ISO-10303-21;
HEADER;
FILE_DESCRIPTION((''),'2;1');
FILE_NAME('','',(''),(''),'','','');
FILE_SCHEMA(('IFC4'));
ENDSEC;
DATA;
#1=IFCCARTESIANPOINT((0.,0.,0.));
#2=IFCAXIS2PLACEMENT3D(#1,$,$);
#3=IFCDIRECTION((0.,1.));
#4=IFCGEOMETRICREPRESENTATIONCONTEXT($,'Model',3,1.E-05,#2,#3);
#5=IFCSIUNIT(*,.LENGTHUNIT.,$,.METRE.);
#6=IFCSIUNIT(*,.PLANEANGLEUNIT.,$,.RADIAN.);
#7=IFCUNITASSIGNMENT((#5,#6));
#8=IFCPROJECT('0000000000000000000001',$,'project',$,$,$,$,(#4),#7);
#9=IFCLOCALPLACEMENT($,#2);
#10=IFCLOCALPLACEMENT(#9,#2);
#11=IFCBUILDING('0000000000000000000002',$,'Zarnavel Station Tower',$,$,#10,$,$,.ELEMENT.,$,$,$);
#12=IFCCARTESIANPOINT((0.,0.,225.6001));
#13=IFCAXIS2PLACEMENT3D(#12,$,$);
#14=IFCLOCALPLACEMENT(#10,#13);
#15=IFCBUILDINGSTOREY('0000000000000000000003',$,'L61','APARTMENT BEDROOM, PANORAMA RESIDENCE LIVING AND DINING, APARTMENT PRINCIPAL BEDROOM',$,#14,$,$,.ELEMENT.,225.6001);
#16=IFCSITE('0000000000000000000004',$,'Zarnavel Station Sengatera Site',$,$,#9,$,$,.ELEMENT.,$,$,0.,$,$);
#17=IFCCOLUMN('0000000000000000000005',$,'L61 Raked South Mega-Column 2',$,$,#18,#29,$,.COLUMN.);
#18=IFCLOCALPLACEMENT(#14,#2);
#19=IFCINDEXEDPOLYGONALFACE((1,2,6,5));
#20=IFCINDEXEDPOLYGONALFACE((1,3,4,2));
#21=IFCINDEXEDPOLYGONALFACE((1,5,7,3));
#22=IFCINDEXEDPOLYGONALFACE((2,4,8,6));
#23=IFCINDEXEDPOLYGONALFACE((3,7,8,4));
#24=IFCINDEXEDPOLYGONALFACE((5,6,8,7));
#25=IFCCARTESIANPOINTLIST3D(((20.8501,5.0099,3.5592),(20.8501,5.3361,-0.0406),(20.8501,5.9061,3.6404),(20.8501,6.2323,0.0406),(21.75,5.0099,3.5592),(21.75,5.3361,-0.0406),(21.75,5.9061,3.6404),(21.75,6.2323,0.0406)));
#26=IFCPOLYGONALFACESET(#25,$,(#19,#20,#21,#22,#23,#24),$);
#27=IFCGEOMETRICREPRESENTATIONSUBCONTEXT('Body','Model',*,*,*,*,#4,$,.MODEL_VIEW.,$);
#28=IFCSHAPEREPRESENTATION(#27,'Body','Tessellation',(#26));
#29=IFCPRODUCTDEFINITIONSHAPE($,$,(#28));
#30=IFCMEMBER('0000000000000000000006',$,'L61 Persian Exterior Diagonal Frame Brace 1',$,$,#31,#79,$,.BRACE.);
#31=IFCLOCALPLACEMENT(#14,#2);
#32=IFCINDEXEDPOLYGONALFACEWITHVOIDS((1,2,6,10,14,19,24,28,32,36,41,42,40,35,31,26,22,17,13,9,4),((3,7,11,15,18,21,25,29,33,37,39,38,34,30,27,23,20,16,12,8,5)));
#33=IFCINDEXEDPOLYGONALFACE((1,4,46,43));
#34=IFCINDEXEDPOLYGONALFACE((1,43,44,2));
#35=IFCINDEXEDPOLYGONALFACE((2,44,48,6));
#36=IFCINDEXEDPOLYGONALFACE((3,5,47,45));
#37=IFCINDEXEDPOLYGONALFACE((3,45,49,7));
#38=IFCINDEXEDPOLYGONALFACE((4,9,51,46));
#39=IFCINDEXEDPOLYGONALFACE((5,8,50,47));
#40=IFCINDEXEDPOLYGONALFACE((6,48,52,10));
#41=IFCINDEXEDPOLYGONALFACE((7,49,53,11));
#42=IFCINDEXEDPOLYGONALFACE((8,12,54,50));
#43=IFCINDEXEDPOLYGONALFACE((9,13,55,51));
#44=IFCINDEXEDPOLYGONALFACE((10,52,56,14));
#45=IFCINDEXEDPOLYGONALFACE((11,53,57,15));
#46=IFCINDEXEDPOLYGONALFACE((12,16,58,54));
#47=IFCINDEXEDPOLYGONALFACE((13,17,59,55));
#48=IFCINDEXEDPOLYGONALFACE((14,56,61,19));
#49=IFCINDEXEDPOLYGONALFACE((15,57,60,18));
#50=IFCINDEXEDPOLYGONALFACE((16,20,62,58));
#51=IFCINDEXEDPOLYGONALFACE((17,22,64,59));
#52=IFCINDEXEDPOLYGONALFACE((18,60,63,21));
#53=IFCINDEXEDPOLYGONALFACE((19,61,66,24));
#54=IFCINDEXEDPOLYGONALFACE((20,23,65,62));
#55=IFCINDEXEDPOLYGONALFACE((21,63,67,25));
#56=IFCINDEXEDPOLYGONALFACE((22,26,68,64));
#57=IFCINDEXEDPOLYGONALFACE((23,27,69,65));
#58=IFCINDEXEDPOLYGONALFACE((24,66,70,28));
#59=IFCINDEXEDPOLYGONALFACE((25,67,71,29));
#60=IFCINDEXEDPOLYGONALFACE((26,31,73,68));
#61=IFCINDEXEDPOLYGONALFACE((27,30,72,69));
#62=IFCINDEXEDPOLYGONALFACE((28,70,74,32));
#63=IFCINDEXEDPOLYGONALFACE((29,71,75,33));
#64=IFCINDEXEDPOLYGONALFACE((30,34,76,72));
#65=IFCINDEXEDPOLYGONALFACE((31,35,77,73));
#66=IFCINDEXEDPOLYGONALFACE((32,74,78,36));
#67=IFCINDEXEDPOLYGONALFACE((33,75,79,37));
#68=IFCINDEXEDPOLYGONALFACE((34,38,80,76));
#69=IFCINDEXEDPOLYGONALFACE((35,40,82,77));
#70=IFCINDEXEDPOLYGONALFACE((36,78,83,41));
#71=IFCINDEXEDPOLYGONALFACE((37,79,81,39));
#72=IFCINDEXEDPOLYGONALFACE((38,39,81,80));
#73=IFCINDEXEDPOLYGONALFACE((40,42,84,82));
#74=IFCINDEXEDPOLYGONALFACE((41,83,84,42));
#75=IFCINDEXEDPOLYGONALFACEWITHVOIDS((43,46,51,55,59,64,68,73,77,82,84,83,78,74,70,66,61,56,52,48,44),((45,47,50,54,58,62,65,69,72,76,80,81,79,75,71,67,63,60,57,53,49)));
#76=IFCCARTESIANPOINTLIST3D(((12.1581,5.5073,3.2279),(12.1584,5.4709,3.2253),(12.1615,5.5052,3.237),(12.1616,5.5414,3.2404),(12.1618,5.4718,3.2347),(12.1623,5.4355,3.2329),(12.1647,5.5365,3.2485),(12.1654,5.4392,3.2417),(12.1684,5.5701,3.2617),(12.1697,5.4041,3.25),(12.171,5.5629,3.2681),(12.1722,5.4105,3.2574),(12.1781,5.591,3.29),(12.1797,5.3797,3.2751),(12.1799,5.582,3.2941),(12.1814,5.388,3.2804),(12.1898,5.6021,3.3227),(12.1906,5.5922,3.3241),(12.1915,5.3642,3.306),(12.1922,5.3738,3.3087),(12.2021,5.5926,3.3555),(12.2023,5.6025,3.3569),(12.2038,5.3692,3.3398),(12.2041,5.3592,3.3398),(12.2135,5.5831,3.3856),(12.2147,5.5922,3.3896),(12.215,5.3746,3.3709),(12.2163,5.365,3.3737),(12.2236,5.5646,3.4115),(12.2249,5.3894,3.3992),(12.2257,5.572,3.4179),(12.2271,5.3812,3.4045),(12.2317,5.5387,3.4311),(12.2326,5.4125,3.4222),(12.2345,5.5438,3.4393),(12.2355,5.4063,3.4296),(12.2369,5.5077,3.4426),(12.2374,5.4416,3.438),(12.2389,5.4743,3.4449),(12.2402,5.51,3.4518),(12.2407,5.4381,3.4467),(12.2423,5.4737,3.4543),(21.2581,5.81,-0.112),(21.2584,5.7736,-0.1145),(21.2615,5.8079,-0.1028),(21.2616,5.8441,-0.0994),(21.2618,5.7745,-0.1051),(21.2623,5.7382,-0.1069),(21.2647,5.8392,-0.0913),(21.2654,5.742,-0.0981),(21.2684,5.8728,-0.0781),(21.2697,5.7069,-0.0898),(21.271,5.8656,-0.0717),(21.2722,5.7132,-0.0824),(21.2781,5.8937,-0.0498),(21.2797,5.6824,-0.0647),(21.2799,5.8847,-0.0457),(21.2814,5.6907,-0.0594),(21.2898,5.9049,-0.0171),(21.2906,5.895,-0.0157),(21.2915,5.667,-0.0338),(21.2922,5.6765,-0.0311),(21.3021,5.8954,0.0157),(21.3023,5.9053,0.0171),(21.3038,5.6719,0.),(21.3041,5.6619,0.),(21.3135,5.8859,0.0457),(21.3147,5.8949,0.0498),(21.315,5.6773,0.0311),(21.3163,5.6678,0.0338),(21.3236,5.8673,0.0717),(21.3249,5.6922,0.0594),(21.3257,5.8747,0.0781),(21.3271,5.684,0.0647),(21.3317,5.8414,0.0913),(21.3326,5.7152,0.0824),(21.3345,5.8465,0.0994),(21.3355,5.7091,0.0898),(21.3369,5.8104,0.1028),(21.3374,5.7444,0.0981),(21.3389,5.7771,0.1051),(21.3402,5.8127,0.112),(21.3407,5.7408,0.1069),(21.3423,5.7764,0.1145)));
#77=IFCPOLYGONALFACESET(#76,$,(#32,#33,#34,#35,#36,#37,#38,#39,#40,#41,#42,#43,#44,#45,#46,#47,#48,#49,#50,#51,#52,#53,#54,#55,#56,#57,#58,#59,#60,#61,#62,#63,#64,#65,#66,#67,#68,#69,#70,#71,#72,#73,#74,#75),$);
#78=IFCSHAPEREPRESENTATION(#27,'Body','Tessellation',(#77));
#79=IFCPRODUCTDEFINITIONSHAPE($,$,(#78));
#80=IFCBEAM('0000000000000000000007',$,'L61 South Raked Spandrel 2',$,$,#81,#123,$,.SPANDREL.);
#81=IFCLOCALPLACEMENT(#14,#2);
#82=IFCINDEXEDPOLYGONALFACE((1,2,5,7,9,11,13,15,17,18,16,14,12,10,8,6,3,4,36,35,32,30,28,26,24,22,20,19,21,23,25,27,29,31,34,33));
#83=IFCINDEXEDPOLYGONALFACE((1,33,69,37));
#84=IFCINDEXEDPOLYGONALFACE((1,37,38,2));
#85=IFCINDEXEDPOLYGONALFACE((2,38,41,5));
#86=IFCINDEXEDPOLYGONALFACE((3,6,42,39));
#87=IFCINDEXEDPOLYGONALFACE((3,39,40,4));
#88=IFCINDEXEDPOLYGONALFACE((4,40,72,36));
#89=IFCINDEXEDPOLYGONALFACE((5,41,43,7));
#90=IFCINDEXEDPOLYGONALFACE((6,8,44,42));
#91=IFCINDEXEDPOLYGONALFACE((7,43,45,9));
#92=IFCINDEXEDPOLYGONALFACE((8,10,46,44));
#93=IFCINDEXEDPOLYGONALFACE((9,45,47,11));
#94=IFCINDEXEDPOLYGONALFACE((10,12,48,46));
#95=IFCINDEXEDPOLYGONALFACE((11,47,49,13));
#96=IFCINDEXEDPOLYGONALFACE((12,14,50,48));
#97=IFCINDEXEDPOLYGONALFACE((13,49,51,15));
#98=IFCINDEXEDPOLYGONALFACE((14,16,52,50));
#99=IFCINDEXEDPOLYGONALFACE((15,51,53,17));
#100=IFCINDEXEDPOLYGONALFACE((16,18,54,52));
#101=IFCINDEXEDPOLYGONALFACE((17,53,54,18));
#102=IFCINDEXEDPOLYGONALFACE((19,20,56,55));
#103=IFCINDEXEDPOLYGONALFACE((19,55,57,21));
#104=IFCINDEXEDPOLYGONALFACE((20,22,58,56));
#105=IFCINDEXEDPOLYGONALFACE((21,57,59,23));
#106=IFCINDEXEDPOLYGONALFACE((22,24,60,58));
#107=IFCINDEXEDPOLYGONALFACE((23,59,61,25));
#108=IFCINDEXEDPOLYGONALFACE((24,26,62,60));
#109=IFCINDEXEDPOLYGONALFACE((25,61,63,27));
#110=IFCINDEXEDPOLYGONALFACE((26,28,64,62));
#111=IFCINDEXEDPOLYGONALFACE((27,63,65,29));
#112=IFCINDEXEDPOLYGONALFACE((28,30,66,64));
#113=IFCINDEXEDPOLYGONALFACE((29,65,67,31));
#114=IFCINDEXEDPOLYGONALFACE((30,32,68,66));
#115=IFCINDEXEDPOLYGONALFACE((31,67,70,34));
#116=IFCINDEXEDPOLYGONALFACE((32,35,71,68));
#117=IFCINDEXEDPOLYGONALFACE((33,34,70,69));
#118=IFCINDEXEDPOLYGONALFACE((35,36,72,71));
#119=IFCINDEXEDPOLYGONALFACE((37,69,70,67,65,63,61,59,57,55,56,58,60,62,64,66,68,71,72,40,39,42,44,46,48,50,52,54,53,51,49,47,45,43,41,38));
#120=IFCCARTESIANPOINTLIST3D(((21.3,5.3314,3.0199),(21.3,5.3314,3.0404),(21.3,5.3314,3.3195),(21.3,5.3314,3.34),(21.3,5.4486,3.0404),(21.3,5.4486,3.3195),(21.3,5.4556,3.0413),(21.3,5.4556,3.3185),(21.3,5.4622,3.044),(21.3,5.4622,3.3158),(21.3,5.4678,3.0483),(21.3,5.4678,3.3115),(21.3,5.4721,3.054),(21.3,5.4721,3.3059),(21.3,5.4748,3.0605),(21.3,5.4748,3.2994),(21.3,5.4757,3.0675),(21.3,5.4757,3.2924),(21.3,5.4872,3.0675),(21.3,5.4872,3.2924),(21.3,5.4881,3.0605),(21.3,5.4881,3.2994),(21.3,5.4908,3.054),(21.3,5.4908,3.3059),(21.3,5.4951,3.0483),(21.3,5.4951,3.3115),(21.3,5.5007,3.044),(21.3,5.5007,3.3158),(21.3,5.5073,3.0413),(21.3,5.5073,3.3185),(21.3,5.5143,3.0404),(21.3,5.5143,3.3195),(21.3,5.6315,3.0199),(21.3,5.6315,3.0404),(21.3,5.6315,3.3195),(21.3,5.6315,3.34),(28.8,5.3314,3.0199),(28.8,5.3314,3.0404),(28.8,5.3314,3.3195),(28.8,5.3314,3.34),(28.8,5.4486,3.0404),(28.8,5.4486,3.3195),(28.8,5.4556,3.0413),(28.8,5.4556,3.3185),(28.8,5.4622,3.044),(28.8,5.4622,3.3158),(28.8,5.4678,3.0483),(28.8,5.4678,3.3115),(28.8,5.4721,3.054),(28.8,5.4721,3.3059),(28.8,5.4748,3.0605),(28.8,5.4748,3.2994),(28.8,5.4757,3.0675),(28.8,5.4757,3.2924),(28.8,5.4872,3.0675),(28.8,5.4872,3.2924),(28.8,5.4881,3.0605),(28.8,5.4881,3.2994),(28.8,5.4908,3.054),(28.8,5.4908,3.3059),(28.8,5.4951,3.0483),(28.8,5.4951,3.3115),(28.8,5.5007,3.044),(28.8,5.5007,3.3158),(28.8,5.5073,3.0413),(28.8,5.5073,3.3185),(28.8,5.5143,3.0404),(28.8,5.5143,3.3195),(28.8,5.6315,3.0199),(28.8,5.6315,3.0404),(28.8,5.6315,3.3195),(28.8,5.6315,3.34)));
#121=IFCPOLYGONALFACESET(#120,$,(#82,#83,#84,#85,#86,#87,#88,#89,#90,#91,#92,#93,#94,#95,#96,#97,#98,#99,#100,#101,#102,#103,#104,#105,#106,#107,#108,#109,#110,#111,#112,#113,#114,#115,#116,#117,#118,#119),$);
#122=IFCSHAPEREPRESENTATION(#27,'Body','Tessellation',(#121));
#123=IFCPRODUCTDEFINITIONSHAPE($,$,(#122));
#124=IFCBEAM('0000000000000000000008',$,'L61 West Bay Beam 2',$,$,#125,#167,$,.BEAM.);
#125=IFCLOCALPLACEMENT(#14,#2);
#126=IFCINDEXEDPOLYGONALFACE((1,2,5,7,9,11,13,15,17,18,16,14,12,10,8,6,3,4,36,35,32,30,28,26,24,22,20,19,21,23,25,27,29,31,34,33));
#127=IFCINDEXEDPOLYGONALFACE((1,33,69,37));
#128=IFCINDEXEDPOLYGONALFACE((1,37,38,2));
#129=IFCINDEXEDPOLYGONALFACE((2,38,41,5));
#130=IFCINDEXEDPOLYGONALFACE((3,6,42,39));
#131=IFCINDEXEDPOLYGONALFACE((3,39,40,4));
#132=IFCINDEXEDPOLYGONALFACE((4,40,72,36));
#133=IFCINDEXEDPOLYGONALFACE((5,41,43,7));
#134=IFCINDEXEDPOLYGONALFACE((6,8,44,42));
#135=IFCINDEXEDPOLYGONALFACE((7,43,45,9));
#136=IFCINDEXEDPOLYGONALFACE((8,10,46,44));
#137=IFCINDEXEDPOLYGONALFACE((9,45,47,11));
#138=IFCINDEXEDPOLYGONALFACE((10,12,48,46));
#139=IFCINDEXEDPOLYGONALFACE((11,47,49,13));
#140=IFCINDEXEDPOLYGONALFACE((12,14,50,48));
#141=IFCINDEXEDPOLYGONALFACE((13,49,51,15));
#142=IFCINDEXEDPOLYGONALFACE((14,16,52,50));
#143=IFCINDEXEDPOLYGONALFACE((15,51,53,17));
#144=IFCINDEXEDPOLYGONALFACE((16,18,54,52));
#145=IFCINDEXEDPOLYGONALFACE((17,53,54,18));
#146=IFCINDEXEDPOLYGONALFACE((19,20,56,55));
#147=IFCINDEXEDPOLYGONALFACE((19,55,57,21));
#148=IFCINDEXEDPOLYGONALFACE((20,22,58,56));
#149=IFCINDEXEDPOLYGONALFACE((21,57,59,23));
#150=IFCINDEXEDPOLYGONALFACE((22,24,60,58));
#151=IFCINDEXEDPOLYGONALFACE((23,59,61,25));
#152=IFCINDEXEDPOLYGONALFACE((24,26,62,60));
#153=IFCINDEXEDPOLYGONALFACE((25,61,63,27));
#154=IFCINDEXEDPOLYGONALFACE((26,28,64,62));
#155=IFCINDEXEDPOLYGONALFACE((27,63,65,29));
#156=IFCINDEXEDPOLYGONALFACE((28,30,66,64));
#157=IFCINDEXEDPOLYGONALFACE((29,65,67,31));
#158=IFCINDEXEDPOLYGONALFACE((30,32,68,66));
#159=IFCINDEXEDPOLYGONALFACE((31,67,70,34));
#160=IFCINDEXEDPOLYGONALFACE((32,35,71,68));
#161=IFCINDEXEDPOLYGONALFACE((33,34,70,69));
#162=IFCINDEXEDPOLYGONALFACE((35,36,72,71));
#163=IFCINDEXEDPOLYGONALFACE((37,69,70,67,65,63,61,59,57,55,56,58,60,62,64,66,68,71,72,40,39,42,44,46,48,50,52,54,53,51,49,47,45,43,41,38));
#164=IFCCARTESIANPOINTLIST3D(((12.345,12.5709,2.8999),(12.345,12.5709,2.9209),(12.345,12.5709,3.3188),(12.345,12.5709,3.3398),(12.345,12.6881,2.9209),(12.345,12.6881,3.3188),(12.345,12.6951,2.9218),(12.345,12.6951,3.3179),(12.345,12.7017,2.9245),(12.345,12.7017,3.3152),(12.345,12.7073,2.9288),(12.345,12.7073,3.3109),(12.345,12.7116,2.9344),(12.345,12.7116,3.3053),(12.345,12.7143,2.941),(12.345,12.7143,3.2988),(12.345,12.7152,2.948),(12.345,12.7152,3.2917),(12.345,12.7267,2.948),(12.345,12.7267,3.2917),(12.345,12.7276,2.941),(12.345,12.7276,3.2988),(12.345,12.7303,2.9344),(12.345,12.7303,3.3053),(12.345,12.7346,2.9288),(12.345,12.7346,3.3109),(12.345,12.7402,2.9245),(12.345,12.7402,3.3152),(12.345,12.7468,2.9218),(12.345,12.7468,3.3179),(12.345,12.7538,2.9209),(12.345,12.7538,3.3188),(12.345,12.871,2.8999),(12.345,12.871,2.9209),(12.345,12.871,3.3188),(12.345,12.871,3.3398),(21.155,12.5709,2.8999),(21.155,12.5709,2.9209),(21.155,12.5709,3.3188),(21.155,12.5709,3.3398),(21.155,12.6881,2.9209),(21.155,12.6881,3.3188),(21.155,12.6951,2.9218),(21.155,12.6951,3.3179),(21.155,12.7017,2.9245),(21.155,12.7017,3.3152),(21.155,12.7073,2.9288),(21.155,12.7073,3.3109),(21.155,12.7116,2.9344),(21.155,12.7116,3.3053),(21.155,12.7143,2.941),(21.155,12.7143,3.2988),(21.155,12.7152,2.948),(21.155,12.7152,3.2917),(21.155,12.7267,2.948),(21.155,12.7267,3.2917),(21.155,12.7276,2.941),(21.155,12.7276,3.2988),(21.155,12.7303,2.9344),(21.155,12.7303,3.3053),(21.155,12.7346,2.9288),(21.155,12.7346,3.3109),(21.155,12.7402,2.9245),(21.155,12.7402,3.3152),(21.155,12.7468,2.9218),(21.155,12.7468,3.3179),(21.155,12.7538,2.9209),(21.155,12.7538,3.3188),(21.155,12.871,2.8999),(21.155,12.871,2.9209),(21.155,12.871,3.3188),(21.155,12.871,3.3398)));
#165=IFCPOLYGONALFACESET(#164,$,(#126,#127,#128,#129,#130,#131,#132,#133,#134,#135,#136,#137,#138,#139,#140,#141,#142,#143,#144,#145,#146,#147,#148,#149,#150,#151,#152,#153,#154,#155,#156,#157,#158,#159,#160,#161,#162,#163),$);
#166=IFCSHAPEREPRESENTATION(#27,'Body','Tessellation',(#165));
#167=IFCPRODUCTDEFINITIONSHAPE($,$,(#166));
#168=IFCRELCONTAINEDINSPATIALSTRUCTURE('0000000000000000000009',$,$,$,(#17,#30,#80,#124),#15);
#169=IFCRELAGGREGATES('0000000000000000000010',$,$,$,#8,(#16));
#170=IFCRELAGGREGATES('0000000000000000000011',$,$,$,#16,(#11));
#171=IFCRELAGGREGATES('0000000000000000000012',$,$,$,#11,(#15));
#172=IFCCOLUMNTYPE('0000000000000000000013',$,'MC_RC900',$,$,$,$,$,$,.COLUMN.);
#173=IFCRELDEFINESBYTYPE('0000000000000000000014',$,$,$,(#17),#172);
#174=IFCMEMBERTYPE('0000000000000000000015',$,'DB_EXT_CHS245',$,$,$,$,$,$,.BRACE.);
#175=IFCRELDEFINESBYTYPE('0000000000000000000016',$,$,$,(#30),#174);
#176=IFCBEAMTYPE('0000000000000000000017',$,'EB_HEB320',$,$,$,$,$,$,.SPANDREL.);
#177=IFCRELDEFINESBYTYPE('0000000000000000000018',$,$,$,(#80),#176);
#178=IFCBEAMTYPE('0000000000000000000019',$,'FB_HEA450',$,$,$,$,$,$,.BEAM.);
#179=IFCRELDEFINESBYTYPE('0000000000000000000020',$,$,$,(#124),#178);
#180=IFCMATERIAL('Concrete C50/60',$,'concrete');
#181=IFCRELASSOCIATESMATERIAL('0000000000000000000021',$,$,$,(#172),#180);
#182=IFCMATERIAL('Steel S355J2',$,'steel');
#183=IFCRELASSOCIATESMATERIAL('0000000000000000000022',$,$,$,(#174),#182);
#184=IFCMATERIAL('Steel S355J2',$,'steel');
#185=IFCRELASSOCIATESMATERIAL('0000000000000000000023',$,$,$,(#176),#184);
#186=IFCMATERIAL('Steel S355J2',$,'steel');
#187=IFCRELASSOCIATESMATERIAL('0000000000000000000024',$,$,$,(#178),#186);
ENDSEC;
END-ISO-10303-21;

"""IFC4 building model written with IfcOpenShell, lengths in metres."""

from ifc_helpers import new_model, si_unit, direction, frame, origin, origin_2d, place, context, subcontext, project, spatial, rectangle, hollow_circle, i_section, extrude, material, material_profile, profile_set, type_object, element, save


model = new_model("IFC4")

# Units and contexts
model_context = context("Model", 3, precision=1e-05, world=origin(), true_north=direction((0.0, 1.0)))
body_context = subcontext(model_context, "Body", "Model", "MODEL_VIEW")
ifc_project = project(units=[si_unit("LENGTHUNIT", "METRE"), si_unit("PLANEANGLEUNIT", "RADIAN")], contexts=[model_context])

# Site, building, storey
site_placement = place(None, origin())
site = spatial("IfcSite", under=ifc_project, at=site_placement, Name="Zarnavel Station Sengatera Site", CompositionType="ELEMENT", RefElevation=0.0)
building_placement = place(site_placement, origin())
building = spatial("IfcBuilding", under=site, at=building_placement, Name="Zarnavel Station Tower", CompositionType="ELEMENT")
storey_placement = place(building_placement, frame((0.0, 0.0, 225.6001)))
storey = spatial("IfcBuildingStorey", under=building, at=storey_placement, Name="L61", Description="APARTMENT BEDROOM, PANORAMA RESIDENCE LIVING AND DINING, APARTMENT PRINCIPAL BEDROOM", CompositionType="ELEMENT", Elevation=225.6001)

# Column
ifc_material_1 = material(Name="Concrete C50/60", Category="concrete")
ifc_material_profile_1 = material_profile(ifc_material_1, rectangle(XDim=0.8999, YDim=0.8999, at=origin_2d()), Name="RC900x900")
ifc_profile_set_1 = profile_set([ifc_material_profile_1], Name="Concrete C50/60")
column_type = type_object("IfcColumnType", Name="MC_RC900", PredefinedType="COLUMN", material=ifc_profile_set_1)
column_placement = place(storey_placement, frame((21.3, 5.7842, 0.0), z_axis=(0.0, -0.090237, 0.99592), x_axis=(1.0, 0.0, 0.0)))
element("IfcColumn", 1, at=column_placement, inside=storey, type_object=column_type, Name="L61 Raked South Mega-Column 2", PredefinedType="COLUMN", context=body_context, shape_type="SweptSolid", body=[
    extrude(rectangle(XDim=0.8999, YDim=0.8999, at=origin_2d()), origin(), (0.0, 0.0, 1.0), 3.6145),
])

# Member
ifc_material_2 = material(Name="Steel S355J2", Category="steel")
ifc_material_profile_2 = material_profile(ifc_material_2, hollow_circle(Radius=0.1223, WallThickness=0.01, at=origin_2d()), Name="CHS244.5x10")
ifc_profile_set_2 = profile_set([ifc_material_profile_2], Name="Steel S355J2")
member_type = type_object("IfcMemberType", Name="DB_EXT_CHS245", PredefinedType="BRACE", material=ifc_profile_set_2)
member_placement = place(storey_placement, frame((21.3, 5.7842, 0.0), z_axis=(-0.938314, -0.031215, 0.344372), x_axis=(0.033249, -0.999447, 0.0)))
element("IfcMember", 2, at=member_placement, inside=storey, type_object=member_type, Name="L61 Persian Exterior Diagonal Frame Brace 1", PredefinedType="BRACE", context=body_context, shape_type="SweptSolid", body=[
    extrude(hollow_circle(Radius=0.1223, WallThickness=0.01, at=origin_2d()), origin(), (0.0, 0.0, 1.0), 9.6982),
])

# Beams
ifc_material_3 = material(Name="Steel S355J2", Category="steel")
ifc_material_profile_3 = material_profile(ifc_material_3, i_section(OverallWidth=0.3, OverallDepth=0.3201, WebThickness=0.0115, FlangeThickness=0.0205, FilletRadius=0.0271, at=origin_2d()), Name="HEB320")
ifc_profile_set_3 = profile_set([ifc_material_profile_3], Name="Steel S355J2")
beam_type_1 = type_object("IfcBeamType", Name="EB_HEB320", PredefinedType="SPANDREL", material=ifc_profile_set_3)
beam_1_placement = place(storey_placement, frame((21.3, 5.4814, 3.1799), z_axis=(1.0, 0.0, 0.0), x_axis=(0.0, 1.0, 0.0)))
element("IfcBeam", 3, at=beam_1_placement, inside=storey, type_object=beam_type_1, Name="L61 South Raked Spandrel 2", PredefinedType="SPANDREL", context=body_context, shape_type="SweptSolid", body=[
    extrude(i_section(OverallWidth=0.3, OverallDepth=0.3201, WebThickness=0.0115, FlangeThickness=0.0205, FilletRadius=0.0271, at=origin_2d()), origin(), (0.0, 0.0, 1.0), 7.5),
])
ifc_material_4 = material(Name="Steel S355J2", Category="steel")
ifc_material_profile_4 = material_profile(ifc_material_4, i_section(OverallWidth=0.3, OverallDepth=0.4399, WebThickness=0.0115, FlangeThickness=0.021, FilletRadius=0.0271, at=origin_2d()), Name="HEA450")
ifc_profile_set_4 = profile_set([ifc_material_profile_4], Name="Steel S355J2")
beam_type_2 = type_object("IfcBeamType", Name="FB_HEA450", PredefinedType="BEAM", material=ifc_profile_set_4)
beam_2_placement = place(storey_placement, frame((12.345, 12.7209, 3.1199), z_axis=(1.0, 0.0, 0.0), x_axis=(0.0, 1.0, 0.0)))
element("IfcBeam", 4, at=beam_2_placement, inside=storey, type_object=beam_type_2, Name="L61 West Bay Beam 2", PredefinedType="BEAM", context=body_context, shape_type="SweptSolid", body=[
    extrude(i_section(OverallWidth=0.3, OverallDepth=0.4399, WebThickness=0.0115, FlangeThickness=0.021, FilletRadius=0.0271, at=origin_2d()), origin(), (0.0, 0.0, 1.0), 8.8101),
])

save(model, "model.ifc")
